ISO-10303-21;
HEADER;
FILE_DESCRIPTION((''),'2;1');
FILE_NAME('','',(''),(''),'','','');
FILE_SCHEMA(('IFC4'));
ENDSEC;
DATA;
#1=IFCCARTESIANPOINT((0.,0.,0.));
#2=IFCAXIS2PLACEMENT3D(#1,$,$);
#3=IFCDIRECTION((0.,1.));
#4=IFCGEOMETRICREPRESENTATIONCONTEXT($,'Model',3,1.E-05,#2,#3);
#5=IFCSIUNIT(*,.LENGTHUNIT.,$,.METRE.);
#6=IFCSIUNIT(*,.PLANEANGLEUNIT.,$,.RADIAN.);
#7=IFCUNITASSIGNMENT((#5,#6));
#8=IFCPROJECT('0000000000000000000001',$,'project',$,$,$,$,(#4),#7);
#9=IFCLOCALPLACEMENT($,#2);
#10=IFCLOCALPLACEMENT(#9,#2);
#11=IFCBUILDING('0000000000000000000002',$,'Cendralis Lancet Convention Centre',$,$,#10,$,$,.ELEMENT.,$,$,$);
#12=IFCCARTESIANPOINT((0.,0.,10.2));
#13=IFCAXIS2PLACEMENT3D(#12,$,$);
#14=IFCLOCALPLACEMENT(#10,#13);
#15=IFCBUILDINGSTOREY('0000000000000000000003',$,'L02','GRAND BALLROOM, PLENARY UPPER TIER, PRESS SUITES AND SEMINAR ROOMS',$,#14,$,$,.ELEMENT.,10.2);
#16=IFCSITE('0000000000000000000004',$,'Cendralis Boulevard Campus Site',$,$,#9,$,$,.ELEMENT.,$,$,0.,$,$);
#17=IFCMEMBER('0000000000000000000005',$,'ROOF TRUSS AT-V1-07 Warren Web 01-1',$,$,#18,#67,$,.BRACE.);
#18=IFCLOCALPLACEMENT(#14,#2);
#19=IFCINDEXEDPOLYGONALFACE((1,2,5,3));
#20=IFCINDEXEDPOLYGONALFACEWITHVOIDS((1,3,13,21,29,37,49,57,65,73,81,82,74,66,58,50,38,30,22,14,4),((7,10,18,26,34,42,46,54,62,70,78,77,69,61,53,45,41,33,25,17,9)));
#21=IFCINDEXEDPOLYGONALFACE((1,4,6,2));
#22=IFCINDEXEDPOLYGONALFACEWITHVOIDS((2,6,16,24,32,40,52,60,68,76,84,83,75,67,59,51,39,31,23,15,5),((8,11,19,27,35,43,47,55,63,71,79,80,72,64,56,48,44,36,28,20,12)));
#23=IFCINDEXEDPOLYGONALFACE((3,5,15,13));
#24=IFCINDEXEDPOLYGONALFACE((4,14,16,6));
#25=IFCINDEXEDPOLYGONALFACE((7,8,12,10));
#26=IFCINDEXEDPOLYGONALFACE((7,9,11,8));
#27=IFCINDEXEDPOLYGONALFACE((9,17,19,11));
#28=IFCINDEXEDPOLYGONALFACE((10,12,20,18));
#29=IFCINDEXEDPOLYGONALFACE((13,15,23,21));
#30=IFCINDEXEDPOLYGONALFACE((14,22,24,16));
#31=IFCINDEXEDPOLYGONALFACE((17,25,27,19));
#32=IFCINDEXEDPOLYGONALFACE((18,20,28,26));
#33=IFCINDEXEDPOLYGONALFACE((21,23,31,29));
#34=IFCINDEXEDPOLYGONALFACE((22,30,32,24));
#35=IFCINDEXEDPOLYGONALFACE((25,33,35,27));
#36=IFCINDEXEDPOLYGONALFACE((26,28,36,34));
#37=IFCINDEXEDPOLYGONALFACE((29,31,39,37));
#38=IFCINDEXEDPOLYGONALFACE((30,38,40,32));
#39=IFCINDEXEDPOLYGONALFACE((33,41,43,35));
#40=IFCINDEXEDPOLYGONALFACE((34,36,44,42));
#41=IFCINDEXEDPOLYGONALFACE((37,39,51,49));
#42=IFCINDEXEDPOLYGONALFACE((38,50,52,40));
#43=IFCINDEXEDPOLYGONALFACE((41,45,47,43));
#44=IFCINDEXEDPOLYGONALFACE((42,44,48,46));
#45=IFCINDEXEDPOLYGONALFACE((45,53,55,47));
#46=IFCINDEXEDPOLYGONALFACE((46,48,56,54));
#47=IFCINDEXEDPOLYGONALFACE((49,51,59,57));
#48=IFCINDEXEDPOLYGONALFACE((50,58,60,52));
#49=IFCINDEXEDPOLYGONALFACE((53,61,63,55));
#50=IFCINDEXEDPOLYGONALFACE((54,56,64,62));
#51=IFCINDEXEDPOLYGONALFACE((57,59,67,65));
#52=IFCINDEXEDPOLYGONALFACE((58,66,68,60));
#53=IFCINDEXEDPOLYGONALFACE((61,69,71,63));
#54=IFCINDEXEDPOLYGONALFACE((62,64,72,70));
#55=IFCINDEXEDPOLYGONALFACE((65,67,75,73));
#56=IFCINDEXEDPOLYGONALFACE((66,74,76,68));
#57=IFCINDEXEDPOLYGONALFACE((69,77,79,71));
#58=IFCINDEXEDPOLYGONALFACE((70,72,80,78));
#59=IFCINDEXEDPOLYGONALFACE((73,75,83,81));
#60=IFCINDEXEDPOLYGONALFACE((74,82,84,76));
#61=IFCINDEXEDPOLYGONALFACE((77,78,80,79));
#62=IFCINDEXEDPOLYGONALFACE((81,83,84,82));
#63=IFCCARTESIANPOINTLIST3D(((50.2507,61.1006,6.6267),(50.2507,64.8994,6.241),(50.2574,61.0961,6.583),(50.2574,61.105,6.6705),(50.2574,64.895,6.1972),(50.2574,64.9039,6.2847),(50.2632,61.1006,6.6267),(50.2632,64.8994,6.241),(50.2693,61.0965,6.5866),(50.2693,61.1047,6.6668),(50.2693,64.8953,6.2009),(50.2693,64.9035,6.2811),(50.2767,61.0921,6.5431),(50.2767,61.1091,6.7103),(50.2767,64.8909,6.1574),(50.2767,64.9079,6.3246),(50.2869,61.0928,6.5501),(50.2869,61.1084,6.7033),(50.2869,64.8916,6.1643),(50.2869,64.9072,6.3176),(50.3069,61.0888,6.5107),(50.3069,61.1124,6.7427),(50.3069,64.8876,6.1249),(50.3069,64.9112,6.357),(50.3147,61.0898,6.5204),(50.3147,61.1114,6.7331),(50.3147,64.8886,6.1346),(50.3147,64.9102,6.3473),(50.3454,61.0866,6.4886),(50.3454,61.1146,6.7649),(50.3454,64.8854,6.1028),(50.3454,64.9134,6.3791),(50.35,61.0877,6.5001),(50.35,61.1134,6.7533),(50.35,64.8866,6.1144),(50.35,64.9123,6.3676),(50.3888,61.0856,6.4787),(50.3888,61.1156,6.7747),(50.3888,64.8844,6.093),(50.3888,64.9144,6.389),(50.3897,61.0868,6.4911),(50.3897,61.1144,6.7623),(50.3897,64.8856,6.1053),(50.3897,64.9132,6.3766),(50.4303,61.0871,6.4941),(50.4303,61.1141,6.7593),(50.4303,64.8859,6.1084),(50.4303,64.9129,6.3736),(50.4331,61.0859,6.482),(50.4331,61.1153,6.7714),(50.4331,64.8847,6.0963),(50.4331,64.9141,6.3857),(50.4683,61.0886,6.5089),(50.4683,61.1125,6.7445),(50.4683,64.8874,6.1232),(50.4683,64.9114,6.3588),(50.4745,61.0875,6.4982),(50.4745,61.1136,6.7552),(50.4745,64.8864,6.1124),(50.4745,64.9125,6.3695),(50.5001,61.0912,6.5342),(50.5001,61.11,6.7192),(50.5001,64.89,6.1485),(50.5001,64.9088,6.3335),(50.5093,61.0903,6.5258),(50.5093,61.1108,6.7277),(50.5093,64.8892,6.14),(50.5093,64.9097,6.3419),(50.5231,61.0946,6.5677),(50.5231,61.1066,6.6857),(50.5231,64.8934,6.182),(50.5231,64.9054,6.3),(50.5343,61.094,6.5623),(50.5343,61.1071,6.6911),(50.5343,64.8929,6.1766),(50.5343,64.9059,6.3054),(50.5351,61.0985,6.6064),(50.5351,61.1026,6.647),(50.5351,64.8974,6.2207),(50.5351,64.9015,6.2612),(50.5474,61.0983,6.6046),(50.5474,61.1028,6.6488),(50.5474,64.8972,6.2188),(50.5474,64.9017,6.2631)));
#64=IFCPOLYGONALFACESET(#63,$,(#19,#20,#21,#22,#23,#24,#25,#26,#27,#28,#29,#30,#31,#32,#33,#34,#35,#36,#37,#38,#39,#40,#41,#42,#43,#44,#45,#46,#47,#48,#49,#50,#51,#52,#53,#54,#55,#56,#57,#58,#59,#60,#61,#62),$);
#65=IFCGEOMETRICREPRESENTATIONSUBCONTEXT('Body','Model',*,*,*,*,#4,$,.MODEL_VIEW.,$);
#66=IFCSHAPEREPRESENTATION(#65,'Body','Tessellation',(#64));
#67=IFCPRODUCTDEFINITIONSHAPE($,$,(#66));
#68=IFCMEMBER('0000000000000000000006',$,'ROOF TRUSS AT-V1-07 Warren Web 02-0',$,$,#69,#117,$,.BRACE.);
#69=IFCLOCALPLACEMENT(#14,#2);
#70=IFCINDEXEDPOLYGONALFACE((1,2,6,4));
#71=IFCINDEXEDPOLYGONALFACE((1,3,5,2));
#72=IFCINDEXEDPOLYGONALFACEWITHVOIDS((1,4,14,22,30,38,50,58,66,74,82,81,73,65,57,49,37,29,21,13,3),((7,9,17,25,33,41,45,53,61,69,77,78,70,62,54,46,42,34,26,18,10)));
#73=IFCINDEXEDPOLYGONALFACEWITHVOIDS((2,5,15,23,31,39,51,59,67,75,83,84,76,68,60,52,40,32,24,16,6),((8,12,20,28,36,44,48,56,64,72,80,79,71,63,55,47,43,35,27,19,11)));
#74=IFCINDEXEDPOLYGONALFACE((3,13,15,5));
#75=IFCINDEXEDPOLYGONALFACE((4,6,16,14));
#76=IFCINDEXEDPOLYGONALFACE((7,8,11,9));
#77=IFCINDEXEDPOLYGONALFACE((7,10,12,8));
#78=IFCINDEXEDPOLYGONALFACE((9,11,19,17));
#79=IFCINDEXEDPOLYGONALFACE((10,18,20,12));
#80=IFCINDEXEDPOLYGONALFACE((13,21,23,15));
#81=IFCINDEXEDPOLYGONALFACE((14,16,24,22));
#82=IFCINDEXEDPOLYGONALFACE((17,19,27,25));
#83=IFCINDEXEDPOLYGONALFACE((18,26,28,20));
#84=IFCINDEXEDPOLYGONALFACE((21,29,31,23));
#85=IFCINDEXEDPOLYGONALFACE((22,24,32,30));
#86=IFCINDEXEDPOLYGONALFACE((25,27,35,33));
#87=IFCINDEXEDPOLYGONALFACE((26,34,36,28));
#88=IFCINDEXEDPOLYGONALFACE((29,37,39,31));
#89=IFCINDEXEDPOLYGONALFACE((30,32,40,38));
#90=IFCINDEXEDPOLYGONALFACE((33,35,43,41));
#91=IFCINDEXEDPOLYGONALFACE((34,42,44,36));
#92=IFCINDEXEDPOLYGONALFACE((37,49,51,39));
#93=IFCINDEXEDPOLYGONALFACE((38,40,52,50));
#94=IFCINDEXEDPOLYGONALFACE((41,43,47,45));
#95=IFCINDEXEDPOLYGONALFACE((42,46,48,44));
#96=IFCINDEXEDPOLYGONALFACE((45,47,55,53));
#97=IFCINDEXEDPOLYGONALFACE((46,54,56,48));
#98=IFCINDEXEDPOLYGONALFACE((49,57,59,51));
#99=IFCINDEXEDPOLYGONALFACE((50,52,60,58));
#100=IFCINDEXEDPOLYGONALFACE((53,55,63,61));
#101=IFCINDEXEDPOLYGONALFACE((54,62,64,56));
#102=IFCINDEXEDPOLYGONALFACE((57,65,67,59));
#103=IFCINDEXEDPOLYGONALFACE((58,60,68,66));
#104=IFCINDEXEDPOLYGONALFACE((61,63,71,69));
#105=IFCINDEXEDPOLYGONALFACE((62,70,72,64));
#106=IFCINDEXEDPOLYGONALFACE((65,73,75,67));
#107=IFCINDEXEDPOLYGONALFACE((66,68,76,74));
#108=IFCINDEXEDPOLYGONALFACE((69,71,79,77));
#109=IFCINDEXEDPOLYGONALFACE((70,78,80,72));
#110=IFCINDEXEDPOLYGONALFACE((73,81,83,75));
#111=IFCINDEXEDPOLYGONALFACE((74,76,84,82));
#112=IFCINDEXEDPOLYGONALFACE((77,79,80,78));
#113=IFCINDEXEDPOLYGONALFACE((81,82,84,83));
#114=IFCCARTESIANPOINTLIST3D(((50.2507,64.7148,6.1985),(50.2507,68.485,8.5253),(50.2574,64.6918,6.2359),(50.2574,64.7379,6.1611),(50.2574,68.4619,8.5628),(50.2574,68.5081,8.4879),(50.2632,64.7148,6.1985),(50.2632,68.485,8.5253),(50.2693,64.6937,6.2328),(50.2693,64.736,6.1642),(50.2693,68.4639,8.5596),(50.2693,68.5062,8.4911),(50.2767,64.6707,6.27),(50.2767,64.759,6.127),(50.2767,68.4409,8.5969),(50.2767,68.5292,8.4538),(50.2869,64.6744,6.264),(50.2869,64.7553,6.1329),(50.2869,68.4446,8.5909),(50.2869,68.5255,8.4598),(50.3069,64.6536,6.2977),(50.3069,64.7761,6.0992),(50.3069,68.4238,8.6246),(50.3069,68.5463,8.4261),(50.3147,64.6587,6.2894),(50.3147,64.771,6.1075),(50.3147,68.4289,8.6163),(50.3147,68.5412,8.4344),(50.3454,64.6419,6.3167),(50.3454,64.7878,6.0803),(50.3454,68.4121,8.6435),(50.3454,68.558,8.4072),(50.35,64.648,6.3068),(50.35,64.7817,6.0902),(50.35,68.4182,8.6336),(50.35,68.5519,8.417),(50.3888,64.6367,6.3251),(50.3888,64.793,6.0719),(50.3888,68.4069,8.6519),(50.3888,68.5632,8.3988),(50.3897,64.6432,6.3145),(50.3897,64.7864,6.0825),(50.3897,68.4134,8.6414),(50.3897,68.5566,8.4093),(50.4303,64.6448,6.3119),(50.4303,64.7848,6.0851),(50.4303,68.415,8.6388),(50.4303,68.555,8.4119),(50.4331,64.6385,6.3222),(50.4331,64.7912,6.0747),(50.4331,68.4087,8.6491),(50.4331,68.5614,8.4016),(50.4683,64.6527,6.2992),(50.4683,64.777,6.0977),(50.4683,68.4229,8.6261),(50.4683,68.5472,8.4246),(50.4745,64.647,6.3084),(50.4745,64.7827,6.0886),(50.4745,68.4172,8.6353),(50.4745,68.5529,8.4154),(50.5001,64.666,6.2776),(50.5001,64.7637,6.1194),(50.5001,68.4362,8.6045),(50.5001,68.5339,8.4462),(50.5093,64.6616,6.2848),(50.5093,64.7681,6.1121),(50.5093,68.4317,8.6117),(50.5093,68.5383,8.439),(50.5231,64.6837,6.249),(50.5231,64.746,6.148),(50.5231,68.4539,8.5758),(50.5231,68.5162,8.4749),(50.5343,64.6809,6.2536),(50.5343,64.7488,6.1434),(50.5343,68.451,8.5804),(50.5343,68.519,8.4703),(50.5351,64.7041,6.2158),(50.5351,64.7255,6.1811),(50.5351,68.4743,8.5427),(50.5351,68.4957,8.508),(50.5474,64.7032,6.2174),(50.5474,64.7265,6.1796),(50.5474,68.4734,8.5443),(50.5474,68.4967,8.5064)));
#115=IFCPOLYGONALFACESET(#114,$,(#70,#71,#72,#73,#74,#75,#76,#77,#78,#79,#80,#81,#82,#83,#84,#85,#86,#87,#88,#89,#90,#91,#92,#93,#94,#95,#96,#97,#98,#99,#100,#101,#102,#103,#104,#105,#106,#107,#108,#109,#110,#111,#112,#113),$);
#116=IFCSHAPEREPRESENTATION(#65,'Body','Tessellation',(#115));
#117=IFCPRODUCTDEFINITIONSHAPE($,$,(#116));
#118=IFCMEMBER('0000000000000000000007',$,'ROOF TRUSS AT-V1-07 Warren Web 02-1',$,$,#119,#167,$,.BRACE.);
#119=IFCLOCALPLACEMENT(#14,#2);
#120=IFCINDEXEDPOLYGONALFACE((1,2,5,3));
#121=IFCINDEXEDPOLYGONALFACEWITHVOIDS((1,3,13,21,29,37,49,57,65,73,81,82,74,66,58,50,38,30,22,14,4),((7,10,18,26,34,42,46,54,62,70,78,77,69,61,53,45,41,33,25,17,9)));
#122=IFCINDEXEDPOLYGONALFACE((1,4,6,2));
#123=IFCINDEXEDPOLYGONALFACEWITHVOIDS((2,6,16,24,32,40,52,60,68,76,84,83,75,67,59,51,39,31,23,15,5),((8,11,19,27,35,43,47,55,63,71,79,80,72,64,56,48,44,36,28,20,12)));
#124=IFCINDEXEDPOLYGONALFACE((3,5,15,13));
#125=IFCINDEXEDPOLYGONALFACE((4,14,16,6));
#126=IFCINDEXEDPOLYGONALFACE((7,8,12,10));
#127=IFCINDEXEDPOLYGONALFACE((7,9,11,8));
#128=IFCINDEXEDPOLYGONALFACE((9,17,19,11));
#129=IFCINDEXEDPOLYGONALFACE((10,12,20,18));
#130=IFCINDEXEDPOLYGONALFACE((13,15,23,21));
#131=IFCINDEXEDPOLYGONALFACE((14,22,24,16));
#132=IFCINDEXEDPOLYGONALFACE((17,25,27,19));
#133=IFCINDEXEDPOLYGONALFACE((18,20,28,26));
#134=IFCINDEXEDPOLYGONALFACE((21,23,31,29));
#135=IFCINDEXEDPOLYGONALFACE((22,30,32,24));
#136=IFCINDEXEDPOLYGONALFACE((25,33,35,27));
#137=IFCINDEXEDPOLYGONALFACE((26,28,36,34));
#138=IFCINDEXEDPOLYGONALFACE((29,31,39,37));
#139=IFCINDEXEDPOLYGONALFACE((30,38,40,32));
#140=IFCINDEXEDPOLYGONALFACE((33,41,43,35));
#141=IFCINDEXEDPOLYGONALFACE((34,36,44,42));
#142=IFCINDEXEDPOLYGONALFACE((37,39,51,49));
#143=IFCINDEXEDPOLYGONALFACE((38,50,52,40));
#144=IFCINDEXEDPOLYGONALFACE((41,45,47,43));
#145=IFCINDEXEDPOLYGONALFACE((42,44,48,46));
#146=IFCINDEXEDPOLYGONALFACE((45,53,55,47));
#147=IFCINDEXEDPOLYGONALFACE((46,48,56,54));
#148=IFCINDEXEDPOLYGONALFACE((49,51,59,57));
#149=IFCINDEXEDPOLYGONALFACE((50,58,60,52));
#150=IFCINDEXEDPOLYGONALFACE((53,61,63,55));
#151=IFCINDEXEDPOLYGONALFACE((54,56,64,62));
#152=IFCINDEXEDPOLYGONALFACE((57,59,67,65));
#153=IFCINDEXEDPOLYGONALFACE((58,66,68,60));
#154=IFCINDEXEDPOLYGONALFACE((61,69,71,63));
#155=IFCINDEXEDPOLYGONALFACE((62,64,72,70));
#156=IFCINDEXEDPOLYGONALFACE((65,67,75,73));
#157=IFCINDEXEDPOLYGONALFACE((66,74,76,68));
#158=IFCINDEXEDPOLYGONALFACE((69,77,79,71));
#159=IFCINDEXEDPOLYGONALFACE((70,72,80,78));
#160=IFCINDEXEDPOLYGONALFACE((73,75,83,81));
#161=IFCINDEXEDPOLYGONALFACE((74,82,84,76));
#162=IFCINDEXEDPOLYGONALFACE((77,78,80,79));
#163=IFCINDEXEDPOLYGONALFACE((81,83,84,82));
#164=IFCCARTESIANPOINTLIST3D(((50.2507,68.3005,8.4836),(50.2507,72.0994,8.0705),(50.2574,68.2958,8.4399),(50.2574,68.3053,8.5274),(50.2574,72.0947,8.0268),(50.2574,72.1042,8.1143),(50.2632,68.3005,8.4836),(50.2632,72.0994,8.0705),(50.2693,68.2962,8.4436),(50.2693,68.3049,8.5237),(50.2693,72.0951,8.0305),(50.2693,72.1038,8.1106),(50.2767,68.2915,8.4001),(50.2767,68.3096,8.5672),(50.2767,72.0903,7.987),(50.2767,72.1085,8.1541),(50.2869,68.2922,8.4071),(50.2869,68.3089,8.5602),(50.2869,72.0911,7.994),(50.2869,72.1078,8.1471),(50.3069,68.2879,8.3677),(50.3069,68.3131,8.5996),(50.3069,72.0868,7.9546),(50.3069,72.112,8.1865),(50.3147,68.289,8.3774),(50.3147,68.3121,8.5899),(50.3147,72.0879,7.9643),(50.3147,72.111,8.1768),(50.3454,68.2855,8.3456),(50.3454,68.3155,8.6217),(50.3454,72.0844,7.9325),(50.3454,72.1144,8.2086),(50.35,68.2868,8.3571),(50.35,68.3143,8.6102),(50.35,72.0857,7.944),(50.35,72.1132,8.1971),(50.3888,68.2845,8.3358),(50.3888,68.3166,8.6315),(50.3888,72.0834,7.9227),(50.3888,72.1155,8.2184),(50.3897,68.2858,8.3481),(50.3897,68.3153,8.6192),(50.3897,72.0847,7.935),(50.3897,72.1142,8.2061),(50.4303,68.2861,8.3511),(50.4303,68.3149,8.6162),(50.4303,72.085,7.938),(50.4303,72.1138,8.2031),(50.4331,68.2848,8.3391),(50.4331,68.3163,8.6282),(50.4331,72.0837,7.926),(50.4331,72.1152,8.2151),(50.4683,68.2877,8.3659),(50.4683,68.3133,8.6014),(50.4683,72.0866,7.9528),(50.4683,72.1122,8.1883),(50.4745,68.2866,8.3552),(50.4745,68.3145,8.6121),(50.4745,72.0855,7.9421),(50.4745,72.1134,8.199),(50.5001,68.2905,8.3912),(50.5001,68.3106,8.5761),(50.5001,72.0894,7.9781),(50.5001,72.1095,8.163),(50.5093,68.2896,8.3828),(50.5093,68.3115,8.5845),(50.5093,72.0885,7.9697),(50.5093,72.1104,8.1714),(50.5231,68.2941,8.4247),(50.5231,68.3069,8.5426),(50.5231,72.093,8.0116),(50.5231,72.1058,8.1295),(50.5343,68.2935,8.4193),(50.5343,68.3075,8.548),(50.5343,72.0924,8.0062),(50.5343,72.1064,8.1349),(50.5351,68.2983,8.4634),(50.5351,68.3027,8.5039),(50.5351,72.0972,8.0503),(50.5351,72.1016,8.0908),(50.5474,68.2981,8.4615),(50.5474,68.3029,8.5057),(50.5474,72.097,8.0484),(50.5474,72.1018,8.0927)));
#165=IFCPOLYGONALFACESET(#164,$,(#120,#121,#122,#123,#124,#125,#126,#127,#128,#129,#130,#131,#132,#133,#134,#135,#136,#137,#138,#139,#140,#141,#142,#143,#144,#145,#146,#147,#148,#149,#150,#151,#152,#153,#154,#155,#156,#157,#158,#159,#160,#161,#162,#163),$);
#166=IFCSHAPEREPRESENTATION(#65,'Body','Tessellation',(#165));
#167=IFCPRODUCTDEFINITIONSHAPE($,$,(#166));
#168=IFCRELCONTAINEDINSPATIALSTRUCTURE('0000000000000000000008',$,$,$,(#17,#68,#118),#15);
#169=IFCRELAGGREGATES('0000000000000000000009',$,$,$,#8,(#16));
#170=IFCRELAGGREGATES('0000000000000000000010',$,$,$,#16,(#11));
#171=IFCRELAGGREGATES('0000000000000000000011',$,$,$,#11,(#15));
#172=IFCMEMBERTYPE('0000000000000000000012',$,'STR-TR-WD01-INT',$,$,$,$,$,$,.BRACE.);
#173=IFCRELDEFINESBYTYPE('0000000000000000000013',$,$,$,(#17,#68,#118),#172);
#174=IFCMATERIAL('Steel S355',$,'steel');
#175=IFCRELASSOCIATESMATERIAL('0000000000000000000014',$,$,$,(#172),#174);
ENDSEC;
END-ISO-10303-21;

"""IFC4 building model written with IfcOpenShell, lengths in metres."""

from ifc_helpers import new_model, si_unit, direction, frame, origin, origin_2d, place, context, subcontext, project, spatial, hollow_circle, extrude, material, material_profile, profile_set, type_object, element, save


model = new_model("IFC4")

# Units and contexts
model_context = context("Model", 3, precision=1e-05, world=origin(), true_north=direction((0.0, 1.0)))
body_context = subcontext(model_context, "Body", "Model", "MODEL_VIEW")
ifc_project = project(units=[si_unit("LENGTHUNIT", "METRE"), si_unit("PLANEANGLEUNIT", "RADIAN")], contexts=[model_context])

# Site, building, storey
site_placement = place(None, origin())
site = spatial("IfcSite", under=ifc_project, at=site_placement, Name="Cendralis Boulevard Campus Site", CompositionType="ELEMENT", RefElevation=0.0)
building_placement = place(site_placement, origin())
building = spatial("IfcBuilding", under=site, at=building_placement, Name="Cendralis Lancet Convention Centre", CompositionType="ELEMENT")
storey_placement = place(building_placement, frame((0.0, 0.0, 10.2)))
storey = spatial("IfcBuildingStorey", under=building, at=storey_placement, Name="L02", Description="GRAND BALLROOM, PLENARY UPPER TIER, PRESS SUITES AND SEMINAR ROOMS", CompositionType="ELEMENT", Elevation=10.2)

# Members
ifc_material = material(Name="Steel S355", Category="steel")
ifc_material_profile_1 = material_profile(ifc_material, hollow_circle(Radius=0.1492, WallThickness=0.0125, at=origin_2d()), Name="CHS 298.5x12.5")
ifc_profile_set_1 = profile_set([ifc_material_profile_1], Name="Steel S355")
member_type_1 = type_object("IfcMemberType", Name="STR-TR-WD01-INT", PredefinedType="BRACE", material=ifc_profile_set_1)
member_1_placement = place(storey_placement, frame((50.3999, 61.1006, 6.6267), z_axis=(0.0, 0.994884, -0.101023), x_axis=(-1.0, 0.0, 0.0)))
element("IfcMember", 1, at=member_1_placement, inside=storey, type_object=member_type_1, Name="ROOF TRUSS AT-V1-07 Warren Web 01-1", PredefinedType="BRACE", context=body_context, shape_type="SweptSolid", body=[
    extrude(hollow_circle(Radius=0.1492, WallThickness=0.0125, at=origin_2d()), origin(), (0.0, 0.0, 1.0), 3.8184),
])
member_2_placement = place(storey_placement, frame((50.3999, 64.7148, 6.1985), z_axis=(0.0, 0.850978, 0.525201), x_axis=(-1.0, 0.0, 0.0)))
element("IfcMember", 2, at=member_2_placement, inside=storey, type_object=member_type_1, Name="ROOF TRUSS AT-V1-07 Warren Web 02-0", PredefinedType="BRACE", context=body_context, shape_type="SweptSolid", body=[
    extrude(hollow_circle(Radius=0.1492, WallThickness=0.0125, at=origin_2d()), origin(), (0.0, 0.0, 1.0), 4.4304),
])
member_3_placement = place(storey_placement, frame((50.3999, 68.3005, 8.4836), z_axis=(0.0, 0.99414, -0.108103), x_axis=(-1.0, 0.0, 0.0)))
element("IfcMember", 3, at=member_3_placement, inside=storey, type_object=member_type_1, Name="ROOF TRUSS AT-V1-07 Warren Web 02-1", PredefinedType="BRACE", context=body_context, shape_type="SweptSolid", body=[
    extrude(hollow_circle(Radius=0.1492, WallThickness=0.0125, at=origin_2d()), origin(), (0.0, 0.0, 1.0), 3.8213),
])

save(model, "model.ifc")
